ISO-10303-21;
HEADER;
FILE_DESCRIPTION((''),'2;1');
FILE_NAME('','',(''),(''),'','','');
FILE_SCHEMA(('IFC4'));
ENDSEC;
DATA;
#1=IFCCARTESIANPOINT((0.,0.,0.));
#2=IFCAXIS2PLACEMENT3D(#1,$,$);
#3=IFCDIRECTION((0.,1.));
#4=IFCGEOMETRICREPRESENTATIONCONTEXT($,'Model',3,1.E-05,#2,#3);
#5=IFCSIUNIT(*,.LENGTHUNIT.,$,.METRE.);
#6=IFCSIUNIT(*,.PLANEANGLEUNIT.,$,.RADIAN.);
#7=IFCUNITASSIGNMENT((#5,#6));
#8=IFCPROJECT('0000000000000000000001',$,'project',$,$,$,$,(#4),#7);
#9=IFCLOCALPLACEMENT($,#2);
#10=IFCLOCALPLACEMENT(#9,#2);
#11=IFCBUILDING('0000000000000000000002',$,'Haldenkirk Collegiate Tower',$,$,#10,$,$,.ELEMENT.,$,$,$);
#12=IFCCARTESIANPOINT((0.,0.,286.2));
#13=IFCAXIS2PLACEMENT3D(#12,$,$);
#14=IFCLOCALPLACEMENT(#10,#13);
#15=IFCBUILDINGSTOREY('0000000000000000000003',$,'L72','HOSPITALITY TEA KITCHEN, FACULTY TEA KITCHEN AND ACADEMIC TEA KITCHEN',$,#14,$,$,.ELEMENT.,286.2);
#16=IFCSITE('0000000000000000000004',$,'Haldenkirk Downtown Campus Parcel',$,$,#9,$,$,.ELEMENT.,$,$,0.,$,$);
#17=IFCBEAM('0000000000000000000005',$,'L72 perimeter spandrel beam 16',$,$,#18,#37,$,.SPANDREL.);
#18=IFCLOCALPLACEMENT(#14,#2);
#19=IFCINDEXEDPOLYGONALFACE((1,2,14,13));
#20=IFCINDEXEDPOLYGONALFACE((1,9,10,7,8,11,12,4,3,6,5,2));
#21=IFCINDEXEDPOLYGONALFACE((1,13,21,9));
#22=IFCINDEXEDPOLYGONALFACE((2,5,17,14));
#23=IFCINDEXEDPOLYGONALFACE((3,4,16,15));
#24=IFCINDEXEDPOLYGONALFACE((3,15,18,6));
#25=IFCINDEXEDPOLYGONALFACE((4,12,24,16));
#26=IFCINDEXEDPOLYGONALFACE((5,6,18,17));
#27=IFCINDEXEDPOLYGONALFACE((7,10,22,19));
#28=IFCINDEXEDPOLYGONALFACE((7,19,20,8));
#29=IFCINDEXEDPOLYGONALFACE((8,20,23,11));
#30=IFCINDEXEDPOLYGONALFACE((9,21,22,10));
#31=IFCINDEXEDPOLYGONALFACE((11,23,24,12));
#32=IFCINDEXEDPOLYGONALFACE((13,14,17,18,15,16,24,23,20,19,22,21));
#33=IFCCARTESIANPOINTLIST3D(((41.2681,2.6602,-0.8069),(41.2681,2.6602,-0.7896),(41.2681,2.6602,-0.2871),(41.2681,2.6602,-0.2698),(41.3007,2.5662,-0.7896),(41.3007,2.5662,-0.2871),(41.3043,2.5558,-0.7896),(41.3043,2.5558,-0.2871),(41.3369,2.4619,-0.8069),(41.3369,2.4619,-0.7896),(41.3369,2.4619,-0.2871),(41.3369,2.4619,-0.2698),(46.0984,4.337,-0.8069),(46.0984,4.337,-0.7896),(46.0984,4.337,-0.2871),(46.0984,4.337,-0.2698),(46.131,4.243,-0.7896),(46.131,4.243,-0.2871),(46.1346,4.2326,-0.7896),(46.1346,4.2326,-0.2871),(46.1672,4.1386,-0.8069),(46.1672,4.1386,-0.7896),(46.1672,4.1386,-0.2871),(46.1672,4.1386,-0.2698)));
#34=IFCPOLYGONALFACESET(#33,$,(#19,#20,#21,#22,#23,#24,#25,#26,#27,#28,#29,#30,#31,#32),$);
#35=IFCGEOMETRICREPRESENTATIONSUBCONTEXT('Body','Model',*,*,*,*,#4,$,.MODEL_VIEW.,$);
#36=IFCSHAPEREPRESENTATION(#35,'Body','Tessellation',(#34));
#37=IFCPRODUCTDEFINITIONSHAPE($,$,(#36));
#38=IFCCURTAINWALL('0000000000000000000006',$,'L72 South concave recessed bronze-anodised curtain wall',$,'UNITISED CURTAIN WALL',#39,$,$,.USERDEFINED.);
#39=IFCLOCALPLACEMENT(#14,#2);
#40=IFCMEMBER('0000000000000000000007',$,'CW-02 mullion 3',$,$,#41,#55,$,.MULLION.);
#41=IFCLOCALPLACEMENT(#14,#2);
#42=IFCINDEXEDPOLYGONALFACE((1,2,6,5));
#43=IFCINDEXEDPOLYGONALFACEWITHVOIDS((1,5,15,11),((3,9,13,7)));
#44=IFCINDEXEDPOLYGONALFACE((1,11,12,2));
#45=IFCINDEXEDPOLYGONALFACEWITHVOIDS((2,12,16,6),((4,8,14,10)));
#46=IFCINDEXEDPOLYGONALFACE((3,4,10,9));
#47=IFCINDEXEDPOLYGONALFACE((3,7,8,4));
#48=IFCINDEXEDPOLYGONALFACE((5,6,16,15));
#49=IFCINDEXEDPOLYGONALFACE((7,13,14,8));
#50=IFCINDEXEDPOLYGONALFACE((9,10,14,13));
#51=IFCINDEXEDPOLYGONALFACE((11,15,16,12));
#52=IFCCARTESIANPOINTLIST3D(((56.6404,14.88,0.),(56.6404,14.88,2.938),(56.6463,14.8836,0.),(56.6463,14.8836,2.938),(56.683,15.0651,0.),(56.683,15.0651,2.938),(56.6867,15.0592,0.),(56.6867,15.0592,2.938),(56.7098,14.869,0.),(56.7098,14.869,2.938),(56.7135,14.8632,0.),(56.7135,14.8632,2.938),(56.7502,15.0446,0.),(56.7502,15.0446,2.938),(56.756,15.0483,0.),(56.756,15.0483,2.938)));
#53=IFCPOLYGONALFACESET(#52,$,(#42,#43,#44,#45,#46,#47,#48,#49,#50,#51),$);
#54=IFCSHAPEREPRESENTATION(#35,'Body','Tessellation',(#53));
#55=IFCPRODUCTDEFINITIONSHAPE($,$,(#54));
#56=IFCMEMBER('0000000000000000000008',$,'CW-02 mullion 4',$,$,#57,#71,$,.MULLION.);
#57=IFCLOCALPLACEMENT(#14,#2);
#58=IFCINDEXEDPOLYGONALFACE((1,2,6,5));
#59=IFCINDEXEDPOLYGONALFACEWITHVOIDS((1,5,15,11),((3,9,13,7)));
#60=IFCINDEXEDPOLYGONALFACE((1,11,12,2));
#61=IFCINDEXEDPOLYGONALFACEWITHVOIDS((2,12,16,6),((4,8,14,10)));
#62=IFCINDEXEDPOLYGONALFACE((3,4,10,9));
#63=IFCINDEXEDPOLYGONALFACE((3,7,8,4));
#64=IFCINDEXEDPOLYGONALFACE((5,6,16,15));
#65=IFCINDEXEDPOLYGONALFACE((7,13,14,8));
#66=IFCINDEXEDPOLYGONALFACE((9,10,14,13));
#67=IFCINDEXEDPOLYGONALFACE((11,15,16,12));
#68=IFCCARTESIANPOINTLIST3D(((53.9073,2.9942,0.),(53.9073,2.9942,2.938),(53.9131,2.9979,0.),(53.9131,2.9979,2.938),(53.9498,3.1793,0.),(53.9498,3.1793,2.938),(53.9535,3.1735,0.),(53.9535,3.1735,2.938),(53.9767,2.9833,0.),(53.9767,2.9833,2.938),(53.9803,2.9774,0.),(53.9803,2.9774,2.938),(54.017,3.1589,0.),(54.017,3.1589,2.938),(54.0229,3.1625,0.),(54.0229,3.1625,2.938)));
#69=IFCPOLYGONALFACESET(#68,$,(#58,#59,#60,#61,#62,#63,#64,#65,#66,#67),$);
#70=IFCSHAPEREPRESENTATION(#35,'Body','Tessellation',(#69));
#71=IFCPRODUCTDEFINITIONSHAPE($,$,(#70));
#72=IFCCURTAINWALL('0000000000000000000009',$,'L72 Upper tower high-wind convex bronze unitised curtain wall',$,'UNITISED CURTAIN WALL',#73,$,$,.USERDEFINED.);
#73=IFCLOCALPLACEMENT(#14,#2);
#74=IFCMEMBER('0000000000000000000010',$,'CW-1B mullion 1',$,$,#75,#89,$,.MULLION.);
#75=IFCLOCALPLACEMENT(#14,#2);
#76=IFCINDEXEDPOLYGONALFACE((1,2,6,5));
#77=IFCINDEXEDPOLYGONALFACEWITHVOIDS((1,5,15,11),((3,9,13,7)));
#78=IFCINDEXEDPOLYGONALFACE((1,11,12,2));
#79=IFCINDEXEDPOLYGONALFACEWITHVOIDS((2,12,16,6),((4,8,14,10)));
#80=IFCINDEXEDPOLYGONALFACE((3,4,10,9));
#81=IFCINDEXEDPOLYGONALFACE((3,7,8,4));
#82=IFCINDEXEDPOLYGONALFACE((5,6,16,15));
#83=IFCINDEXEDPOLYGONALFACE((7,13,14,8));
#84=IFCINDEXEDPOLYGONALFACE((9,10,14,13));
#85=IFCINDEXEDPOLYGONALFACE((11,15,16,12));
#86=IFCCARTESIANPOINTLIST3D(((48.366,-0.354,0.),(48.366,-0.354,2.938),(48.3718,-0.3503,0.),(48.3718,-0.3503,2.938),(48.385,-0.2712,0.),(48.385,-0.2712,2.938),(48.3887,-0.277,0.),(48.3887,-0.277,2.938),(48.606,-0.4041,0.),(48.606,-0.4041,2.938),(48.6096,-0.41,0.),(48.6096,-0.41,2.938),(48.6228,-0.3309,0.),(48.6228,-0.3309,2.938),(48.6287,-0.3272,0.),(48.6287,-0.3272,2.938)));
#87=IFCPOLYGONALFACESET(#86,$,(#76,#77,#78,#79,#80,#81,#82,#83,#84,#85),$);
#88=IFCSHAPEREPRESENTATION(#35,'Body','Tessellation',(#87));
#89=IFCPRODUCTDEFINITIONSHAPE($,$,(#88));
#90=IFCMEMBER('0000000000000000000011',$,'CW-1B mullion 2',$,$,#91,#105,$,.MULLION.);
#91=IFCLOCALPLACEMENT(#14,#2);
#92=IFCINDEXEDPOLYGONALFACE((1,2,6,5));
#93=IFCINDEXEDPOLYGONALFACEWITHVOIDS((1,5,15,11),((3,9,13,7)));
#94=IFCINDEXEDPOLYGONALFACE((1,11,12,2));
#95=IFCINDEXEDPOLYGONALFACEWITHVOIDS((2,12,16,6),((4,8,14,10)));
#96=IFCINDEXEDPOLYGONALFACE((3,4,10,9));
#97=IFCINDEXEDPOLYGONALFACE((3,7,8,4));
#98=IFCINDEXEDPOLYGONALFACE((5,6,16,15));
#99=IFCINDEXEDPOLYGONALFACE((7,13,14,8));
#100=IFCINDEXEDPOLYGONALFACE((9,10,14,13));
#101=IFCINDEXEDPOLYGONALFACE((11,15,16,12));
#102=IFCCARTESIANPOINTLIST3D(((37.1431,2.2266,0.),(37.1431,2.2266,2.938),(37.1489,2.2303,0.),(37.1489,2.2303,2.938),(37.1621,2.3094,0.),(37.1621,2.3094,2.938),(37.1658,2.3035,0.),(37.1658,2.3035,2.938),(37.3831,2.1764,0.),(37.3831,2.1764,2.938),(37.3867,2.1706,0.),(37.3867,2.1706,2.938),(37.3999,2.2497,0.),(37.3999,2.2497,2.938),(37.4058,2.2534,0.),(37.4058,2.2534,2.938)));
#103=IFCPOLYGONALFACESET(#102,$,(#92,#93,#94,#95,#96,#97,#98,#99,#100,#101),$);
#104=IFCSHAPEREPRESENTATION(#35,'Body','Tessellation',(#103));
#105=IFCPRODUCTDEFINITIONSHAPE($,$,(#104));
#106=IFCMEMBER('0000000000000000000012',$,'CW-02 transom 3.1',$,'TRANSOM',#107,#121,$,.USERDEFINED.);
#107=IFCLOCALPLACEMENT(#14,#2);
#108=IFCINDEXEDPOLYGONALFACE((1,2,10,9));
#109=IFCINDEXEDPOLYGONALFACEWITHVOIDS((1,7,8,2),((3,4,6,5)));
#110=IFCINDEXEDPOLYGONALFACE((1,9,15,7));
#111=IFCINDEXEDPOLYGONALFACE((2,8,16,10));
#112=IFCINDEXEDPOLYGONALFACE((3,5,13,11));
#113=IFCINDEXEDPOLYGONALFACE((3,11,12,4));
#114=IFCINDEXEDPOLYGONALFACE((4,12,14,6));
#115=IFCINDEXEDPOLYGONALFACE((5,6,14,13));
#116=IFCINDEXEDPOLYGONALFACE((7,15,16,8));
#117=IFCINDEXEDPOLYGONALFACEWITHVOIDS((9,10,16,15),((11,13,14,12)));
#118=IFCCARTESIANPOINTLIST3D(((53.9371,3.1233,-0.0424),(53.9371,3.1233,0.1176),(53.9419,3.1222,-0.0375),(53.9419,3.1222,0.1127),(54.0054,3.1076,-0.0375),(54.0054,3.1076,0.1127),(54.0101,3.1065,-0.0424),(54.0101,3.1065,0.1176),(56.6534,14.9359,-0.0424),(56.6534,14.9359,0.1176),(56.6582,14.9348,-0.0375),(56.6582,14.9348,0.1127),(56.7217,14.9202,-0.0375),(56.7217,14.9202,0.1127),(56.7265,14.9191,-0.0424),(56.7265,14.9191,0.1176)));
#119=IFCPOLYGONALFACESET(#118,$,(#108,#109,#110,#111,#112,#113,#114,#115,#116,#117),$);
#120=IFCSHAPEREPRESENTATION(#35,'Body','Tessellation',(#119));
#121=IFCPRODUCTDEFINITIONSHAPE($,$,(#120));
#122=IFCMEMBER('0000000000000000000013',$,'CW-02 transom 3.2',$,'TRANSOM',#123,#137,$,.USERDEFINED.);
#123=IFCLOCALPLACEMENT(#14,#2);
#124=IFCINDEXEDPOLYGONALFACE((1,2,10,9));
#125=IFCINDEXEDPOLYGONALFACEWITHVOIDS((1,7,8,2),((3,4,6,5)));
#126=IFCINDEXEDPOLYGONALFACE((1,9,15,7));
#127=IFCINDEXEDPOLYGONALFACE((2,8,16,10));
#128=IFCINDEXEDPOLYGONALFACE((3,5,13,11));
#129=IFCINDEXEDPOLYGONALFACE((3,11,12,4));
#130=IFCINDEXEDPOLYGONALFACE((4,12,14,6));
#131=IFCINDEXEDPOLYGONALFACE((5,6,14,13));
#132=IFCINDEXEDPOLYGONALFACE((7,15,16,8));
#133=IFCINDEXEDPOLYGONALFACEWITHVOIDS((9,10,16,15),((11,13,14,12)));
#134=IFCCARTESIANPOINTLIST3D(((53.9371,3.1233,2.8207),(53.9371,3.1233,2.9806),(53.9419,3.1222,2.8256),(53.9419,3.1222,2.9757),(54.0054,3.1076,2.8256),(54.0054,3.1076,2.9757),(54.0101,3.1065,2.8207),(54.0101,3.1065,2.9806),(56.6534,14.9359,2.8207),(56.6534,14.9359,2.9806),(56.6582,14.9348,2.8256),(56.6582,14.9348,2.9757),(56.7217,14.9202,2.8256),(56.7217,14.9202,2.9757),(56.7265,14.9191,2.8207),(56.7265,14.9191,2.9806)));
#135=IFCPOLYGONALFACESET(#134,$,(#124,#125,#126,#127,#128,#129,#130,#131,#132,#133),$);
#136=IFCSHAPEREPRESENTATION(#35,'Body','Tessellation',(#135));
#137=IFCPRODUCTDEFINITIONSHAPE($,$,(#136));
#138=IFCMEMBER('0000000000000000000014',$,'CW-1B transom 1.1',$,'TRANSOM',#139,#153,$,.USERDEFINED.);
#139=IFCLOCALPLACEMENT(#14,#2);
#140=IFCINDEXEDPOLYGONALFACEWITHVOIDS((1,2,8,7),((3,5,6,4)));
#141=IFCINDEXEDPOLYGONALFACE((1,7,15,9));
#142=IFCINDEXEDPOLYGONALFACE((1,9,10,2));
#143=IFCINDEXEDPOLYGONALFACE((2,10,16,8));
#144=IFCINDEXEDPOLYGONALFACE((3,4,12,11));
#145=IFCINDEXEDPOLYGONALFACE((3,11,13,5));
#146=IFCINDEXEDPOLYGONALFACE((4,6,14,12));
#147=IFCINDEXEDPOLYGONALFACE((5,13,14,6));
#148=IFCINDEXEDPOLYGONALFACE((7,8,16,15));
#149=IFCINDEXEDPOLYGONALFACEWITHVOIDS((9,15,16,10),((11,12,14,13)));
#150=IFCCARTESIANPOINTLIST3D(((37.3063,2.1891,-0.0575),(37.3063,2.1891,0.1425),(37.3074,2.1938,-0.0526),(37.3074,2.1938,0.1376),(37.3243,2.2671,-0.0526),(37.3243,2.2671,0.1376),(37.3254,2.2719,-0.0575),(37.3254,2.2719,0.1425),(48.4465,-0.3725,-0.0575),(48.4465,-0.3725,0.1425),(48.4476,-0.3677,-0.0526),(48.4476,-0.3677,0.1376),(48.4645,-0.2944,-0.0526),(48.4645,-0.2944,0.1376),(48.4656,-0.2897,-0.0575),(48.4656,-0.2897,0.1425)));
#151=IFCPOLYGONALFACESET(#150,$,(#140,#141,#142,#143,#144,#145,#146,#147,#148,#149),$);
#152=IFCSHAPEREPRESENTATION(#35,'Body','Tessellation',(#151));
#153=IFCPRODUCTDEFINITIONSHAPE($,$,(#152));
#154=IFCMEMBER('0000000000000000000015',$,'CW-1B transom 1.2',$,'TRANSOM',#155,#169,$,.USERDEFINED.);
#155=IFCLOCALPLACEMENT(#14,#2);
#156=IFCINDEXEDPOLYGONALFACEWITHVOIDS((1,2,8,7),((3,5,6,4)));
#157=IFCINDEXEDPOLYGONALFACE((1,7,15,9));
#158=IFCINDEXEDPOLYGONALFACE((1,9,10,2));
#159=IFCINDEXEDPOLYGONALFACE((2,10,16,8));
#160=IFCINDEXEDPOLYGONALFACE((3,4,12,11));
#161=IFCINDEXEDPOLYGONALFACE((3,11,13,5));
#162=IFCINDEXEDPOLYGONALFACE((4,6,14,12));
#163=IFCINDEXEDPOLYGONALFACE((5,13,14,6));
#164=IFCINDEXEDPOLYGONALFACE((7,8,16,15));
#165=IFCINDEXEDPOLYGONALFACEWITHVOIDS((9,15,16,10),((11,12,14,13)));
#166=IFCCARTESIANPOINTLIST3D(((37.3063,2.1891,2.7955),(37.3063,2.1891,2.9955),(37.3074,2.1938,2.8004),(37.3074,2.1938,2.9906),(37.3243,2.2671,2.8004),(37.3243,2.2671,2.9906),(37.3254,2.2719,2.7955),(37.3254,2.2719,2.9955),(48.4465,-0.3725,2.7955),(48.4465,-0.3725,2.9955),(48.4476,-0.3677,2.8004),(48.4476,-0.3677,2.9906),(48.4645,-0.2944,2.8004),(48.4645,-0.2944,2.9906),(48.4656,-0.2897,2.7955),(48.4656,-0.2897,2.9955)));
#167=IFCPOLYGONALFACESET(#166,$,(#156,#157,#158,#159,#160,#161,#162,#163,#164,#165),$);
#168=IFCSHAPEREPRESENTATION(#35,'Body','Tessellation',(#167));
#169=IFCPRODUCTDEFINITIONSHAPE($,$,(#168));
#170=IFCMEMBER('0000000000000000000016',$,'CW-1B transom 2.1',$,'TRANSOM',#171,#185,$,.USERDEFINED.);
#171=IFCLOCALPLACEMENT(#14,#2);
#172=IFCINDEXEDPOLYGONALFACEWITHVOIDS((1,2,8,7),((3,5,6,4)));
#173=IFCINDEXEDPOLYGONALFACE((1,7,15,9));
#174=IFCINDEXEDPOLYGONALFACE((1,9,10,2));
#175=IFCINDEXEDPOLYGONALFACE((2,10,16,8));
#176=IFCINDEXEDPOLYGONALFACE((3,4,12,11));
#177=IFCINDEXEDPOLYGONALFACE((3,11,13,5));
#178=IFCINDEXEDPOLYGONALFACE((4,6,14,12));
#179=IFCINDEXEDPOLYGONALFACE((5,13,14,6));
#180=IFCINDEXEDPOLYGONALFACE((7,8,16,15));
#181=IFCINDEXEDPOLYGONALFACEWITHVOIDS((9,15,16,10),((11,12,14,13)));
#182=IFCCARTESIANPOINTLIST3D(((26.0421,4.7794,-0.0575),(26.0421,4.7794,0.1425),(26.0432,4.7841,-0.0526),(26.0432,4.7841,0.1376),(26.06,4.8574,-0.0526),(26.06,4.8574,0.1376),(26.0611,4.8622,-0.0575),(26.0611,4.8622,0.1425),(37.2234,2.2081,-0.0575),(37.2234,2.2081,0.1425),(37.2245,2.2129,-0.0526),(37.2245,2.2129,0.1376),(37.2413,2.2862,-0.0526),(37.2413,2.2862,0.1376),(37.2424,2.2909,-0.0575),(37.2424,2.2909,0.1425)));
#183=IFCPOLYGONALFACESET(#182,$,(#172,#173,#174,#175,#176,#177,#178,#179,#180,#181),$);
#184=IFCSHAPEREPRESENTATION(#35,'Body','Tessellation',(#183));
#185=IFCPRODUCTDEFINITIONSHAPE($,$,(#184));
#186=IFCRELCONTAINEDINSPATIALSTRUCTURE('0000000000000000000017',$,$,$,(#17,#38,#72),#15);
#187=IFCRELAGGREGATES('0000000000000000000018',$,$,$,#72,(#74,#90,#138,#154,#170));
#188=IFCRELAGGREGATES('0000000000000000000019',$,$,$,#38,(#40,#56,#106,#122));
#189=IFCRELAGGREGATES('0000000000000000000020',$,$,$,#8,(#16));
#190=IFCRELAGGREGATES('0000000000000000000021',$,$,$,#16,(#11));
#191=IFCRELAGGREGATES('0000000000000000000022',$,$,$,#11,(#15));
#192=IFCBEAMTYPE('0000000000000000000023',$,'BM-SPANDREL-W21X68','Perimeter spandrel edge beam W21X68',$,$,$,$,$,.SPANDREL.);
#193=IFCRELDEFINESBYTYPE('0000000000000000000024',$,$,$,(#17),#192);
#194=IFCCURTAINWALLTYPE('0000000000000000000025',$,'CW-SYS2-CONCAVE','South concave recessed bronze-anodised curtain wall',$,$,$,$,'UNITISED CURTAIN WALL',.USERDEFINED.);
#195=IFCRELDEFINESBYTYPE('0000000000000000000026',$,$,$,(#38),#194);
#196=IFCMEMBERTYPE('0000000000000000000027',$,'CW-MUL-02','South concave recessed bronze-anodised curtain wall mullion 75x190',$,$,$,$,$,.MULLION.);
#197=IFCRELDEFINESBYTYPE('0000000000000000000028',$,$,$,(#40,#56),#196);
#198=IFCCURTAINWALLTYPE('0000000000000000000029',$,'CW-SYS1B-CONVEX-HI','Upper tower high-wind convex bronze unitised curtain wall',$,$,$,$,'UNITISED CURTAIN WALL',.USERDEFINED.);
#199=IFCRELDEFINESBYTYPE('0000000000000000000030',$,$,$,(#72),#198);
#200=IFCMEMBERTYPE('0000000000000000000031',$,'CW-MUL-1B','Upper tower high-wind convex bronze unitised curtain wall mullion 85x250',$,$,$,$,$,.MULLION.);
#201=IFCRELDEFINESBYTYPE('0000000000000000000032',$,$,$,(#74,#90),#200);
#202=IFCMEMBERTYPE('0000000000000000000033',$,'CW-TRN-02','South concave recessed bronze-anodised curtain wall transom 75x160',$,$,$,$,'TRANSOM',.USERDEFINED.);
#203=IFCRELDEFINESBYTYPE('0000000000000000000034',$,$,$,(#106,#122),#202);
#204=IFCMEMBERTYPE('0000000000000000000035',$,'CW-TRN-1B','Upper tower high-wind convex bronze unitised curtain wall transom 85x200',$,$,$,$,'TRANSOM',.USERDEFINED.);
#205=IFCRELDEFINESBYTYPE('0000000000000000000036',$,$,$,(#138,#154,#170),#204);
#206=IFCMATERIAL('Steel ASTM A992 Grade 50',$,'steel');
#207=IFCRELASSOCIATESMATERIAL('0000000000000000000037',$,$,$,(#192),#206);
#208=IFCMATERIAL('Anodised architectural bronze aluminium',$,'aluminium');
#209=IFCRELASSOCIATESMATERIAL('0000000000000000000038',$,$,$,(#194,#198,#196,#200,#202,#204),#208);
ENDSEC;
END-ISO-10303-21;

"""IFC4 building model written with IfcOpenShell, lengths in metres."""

from ifc_helpers import new_model, si_unit, direction, frame, origin, origin_2d, place, context, subcontext, project, spatial, hollow_rectangle, i_section, extrude, material, material_profile, profile_set, type_object, element, aggregate, save


model = new_model("IFC4")

# Units and contexts
model_context = context("Model", 3, precision=1e-05, world=origin(), true_north=direction((0.0, 1.0)))
body_context = subcontext(model_context, "Body", "Model", "MODEL_VIEW")
ifc_project = project(units=[si_unit("LENGTHUNIT", "METRE"), si_unit("PLANEANGLEUNIT", "RADIAN")], contexts=[model_context])

# Site, building, storey
site_placement = place(None, origin())
site = spatial("IfcSite", under=ifc_project, at=site_placement, Name="Haldenkirk Downtown Campus Parcel", CompositionType="ELEMENT", RefElevation=0.0)
building_placement = place(site_placement, origin())
building = spatial("IfcBuilding", under=site, at=building_placement, Name="Haldenkirk Collegiate Tower", CompositionType="ELEMENT")
storey_placement = place(building_placement, frame((0.0, 0.0, 286.2)))
storey = spatial("IfcBuildingStorey", under=building, at=storey_placement, Name="L72", Description="HOSPITALITY TEA KITCHEN, FACULTY TEA KITCHEN AND ACADEMIC TEA KITCHEN", CompositionType="ELEMENT", Elevation=286.2)

# Beam
ifc_material_1 = material(Name="Steel ASTM A992 Grade 50", Category="steel")
ifc_material_profile_1 = material_profile(ifc_material_1, i_section(OverallWidth=0.21, OverallDepth=0.5371, WebThickness=0.011, FlangeThickness=0.0173, at=origin_2d()), Name="W21X68")
ifc_profile_set_1 = profile_set([ifc_material_profile_1], Name="Steel ASTM A992 Grade 50")
beam_type_1 = type_object("IfcBeamType", Name="BM-SPANDREL-W21X68", Description="Perimeter spandrel edge beam W21X68", PredefinedType="SPANDREL", material=ifc_profile_set_1)
beam_1_placement = place(storey_placement, frame((41.3025, 2.561, -0.5383), z_axis=(0.9447, 0.327935, 0.0), x_axis=(-0.327935, 0.9447, 0.0)))
element("IfcBeam", 1, at=beam_1_placement, inside=storey, type_object=beam_type_1, Name="L72 perimeter spandrel beam 16", PredefinedType="SPANDREL", context=body_context, shape_type="SweptSolid", body=[
    extrude(i_section(OverallWidth=0.21, OverallDepth=0.5371, WebThickness=0.011, FlangeThickness=0.0173, at=origin_2d()), origin(), (0.0, 0.0, 1.0), 5.113),
])

# Curtain walls, members
ifc_material_2 = material(Name="Anodised architectural bronze aluminium", Category="aluminium")
curtain_wall_type_1 = type_object("IfcCurtainWallType", Name="CW-SYS2-CONCAVE", Description="South concave recessed bronze-anodised curtain wall", ElementType="UNITISED CURTAIN WALL", PredefinedType="USERDEFINED", material=ifc_material_2)
curtain_wall_1_placement = place(storey_placement, origin())
curtain_wall_1 = element("IfcCurtainWall", 2, at=curtain_wall_1_placement, inside=storey, type_object=curtain_wall_type_1, Name="L72 South concave recessed bronze-anodised curtain wall", ObjectType="UNITISED CURTAIN WALL", PredefinedType="USERDEFINED")
ifc_material_profile_2 = material_profile(ifc_material_2, hollow_rectangle(XDim=0.075, YDim=0.1899, WallThickness=0.0049, at=origin_2d()), Name="CW-MUL-02")
ifc_profile_set_2 = profile_set([ifc_material_profile_2], Name="Anodised architectural bronze aluminium")
member_type_1 = type_object("IfcMemberType", Name="CW-MUL-02", Description="South concave recessed bronze-anodised curtain wall mullion 75x190", PredefinedType="MULLION", material=ifc_profile_set_2)
member_1_placement = place(storey_placement, frame((56.6982, 14.9641, 0.0), z_axis=(0.0, 0.0, 1.0), x_axis=(0.974566, -0.224101, 0.0)))
member_1 = element("IfcMember", 3, at=member_1_placement, type_object=member_type_1, Name="CW-02 mullion 3", PredefinedType="MULLION", context=body_context, shape_type="SweptSolid", body=[
    extrude(hollow_rectangle(XDim=0.075, YDim=0.1899, WallThickness=0.0049, at=origin_2d()), origin(), (0.0, 0.0, 1.0), 2.938),
])
member_2_placement = place(storey_placement, frame((53.9651, 3.0784, 0.0), z_axis=(0.0, 0.0, 1.0), x_axis=(0.974566, -0.224101, 0.0)))
member_2 = element("IfcMember", 4, at=member_2_placement, type_object=member_type_1, Name="CW-02 mullion 4", PredefinedType="MULLION", context=body_context, shape_type="SweptSolid", body=[
    extrude(hollow_rectangle(XDim=0.075, YDim=0.1899, WallThickness=0.0049, at=origin_2d()), origin(), (0.0, 0.0, 1.0), 2.938),
])
curtain_wall_type_2 = type_object("IfcCurtainWallType", Name="CW-SYS1B-CONVEX-HI", Description="Upper tower high-wind convex bronze unitised curtain wall", ElementType="UNITISED CURTAIN WALL", PredefinedType="USERDEFINED", material=ifc_material_2)
curtain_wall_2_placement = place(storey_placement, origin())
curtain_wall_2 = element("IfcCurtainWall", 5, at=curtain_wall_2_placement, inside=storey, type_object=curtain_wall_type_2, Name="L72 Upper tower high-wind convex bronze unitised curtain wall", ObjectType="UNITISED CURTAIN WALL", PredefinedType="USERDEFINED")
ifc_material_profile_3 = material_profile(ifc_material_2, hollow_rectangle(XDim=0.085, YDim=0.25, WallThickness=0.0049, at=origin_2d()), Name="CW-MUL-1B")
ifc_profile_set_3 = profile_set([ifc_material_profile_3], Name="Anodised architectural bronze aluminium")
member_type_2 = type_object("IfcMemberType", Name="CW-MUL-1B", Description="Upper tower high-wind convex bronze unitised curtain wall mullion 85x250", PredefinedType="MULLION", material=ifc_profile_set_3)
member_3_placement = place(storey_placement, frame((48.4973, -0.3406, 0.0), z_axis=(0.0, 0.0, 1.0), x_axis=(-0.224101, -0.974566, 0.0)))
member_3 = element("IfcMember", 6, at=member_3_placement, type_object=member_type_2, Name="CW-1B mullion 1", PredefinedType="MULLION", context=body_context, shape_type="SweptSolid", body=[
    extrude(hollow_rectangle(XDim=0.085, YDim=0.25, WallThickness=0.0049, at=origin_2d()), origin(), (0.0, 0.0, 1.0), 2.938),
])
member_4_placement = place(storey_placement, frame((37.2744, 2.24, 0.0), z_axis=(0.0, 0.0, 1.0), x_axis=(-0.224101, -0.974566, 0.0)))
member_4 = element("IfcMember", 7, at=member_4_placement, type_object=member_type_2, Name="CW-1B mullion 2", PredefinedType="MULLION", context=body_context, shape_type="SweptSolid", body=[
    extrude(hollow_rectangle(XDim=0.085, YDim=0.25, WallThickness=0.0049, at=origin_2d()), origin(), (0.0, 0.0, 1.0), 2.938),
])

# Members
ifc_material_profile_4 = material_profile(ifc_material_2, hollow_rectangle(XDim=0.075, YDim=0.1599, WallThickness=0.0049, at=origin_2d()), Name="CW-TRN-02")
ifc_profile_set_4 = profile_set([ifc_material_profile_4], Name="Anodised architectural bronze aluminium")
member_type_3 = type_object("IfcMemberType", Name="CW-TRN-02", Description="South concave recessed bronze-anodised curtain wall transom 75x160", ElementType="TRANSOM", PredefinedType="USERDEFINED", material=ifc_profile_set_4)
member_5_placement = place(storey_placement, frame((56.6899, 14.9275, 0.0376), z_axis=(-0.224103, -0.974565, 0.0), x_axis=(0.974565, -0.224103, 0.0)))
member_5 = element("IfcMember", 8, at=member_5_placement, type_object=member_type_3, Name="CW-02 transom 3.1", ObjectType="TRANSOM", PredefinedType="USERDEFINED", context=body_context, shape_type="SweptSolid", body=[
    extrude(hollow_rectangle(XDim=0.075, YDim=0.1599, WallThickness=0.0049, at=origin_2d()), origin(), (0.0, 0.0, 1.0), 12.1208),
])
member_6_placement = place(storey_placement, frame((56.6899, 14.9275, 2.9006), z_axis=(-0.224103, -0.974565, 0.0), x_axis=(0.974565, -0.224103, 0.0)))
member_6 = element("IfcMember", 9, at=member_6_placement, type_object=member_type_3, Name="CW-02 transom 3.2", ObjectType="TRANSOM", PredefinedType="USERDEFINED", context=body_context, shape_type="SweptSolid", body=[
    extrude(hollow_rectangle(XDim=0.075, YDim=0.1599, WallThickness=0.0049, at=origin_2d()), origin(), (0.0, 0.0, 1.0), 12.1208),
])
ifc_material_profile_5 = material_profile(ifc_material_2, hollow_rectangle(XDim=0.085, YDim=0.2, WallThickness=0.0049, at=origin_2d()), Name="CW-TRN-1B")
ifc_profile_set_5 = profile_set([ifc_material_profile_5], Name="Anodised architectural bronze aluminium")
member_type_4 = type_object("IfcMemberType", Name="CW-TRN-1B", Description="Upper tower high-wind convex bronze unitised curtain wall transom 85x200", ElementType="TRANSOM", PredefinedType="USERDEFINED", material=ifc_profile_set_5)
member_7_placement = place(storey_placement, frame((48.4561, -0.3311, 0.0425), z_axis=(-0.974569, 0.224089, 0.0), x_axis=(-0.224089, -0.974569, 0.0)))
member_7 = element("IfcMember", 10, at=member_7_placement, type_object=member_type_4, Name="CW-1B transom 1.1", ObjectType="TRANSOM", PredefinedType="USERDEFINED", context=body_context, shape_type="SweptSolid", body=[
    extrude(hollow_rectangle(XDim=0.085, YDim=0.2, WallThickness=0.0049, at=origin_2d()), origin(), (0.0, 0.0, 1.0), 11.4309),
])
member_8_placement = place(storey_placement, frame((48.4561, -0.3311, 2.8955), z_axis=(-0.974569, 0.224089, 0.0), x_axis=(-0.224089, -0.974569, 0.0)))
member_8 = element("IfcMember", 11, at=member_8_placement, type_object=member_type_4, Name="CW-1B transom 1.2", ObjectType="TRANSOM", PredefinedType="USERDEFINED", context=body_context, shape_type="SweptSolid", body=[
    extrude(hollow_rectangle(XDim=0.085, YDim=0.2, WallThickness=0.0049, at=origin_2d()), origin(), (0.0, 0.0, 1.0), 11.4309),
])
member_9_placement = place(storey_placement, frame((37.2329, 2.2495, 0.0425), z_axis=(-0.974563, 0.224112, 0.0), x_axis=(-0.224112, -0.974563, 0.0)))
member_9 = element("IfcMember", 12, at=member_9_placement, type_object=member_type_4, Name="CW-1B transom 2.1", ObjectType="TRANSOM", PredefinedType="USERDEFINED", context=body_context, shape_type="SweptSolid", body=[
    extrude(hollow_rectangle(XDim=0.085, YDim=0.2, WallThickness=0.0049, at=origin_2d()), origin(), (0.0, 0.0, 1.0), 11.4731),
])

aggregate(curtain_wall_2, [member_3, member_4, member_7, member_8, member_9])
aggregate(curtain_wall_1, [member_1, member_2, member_5, member_6])

save(model, "model.ifc")
